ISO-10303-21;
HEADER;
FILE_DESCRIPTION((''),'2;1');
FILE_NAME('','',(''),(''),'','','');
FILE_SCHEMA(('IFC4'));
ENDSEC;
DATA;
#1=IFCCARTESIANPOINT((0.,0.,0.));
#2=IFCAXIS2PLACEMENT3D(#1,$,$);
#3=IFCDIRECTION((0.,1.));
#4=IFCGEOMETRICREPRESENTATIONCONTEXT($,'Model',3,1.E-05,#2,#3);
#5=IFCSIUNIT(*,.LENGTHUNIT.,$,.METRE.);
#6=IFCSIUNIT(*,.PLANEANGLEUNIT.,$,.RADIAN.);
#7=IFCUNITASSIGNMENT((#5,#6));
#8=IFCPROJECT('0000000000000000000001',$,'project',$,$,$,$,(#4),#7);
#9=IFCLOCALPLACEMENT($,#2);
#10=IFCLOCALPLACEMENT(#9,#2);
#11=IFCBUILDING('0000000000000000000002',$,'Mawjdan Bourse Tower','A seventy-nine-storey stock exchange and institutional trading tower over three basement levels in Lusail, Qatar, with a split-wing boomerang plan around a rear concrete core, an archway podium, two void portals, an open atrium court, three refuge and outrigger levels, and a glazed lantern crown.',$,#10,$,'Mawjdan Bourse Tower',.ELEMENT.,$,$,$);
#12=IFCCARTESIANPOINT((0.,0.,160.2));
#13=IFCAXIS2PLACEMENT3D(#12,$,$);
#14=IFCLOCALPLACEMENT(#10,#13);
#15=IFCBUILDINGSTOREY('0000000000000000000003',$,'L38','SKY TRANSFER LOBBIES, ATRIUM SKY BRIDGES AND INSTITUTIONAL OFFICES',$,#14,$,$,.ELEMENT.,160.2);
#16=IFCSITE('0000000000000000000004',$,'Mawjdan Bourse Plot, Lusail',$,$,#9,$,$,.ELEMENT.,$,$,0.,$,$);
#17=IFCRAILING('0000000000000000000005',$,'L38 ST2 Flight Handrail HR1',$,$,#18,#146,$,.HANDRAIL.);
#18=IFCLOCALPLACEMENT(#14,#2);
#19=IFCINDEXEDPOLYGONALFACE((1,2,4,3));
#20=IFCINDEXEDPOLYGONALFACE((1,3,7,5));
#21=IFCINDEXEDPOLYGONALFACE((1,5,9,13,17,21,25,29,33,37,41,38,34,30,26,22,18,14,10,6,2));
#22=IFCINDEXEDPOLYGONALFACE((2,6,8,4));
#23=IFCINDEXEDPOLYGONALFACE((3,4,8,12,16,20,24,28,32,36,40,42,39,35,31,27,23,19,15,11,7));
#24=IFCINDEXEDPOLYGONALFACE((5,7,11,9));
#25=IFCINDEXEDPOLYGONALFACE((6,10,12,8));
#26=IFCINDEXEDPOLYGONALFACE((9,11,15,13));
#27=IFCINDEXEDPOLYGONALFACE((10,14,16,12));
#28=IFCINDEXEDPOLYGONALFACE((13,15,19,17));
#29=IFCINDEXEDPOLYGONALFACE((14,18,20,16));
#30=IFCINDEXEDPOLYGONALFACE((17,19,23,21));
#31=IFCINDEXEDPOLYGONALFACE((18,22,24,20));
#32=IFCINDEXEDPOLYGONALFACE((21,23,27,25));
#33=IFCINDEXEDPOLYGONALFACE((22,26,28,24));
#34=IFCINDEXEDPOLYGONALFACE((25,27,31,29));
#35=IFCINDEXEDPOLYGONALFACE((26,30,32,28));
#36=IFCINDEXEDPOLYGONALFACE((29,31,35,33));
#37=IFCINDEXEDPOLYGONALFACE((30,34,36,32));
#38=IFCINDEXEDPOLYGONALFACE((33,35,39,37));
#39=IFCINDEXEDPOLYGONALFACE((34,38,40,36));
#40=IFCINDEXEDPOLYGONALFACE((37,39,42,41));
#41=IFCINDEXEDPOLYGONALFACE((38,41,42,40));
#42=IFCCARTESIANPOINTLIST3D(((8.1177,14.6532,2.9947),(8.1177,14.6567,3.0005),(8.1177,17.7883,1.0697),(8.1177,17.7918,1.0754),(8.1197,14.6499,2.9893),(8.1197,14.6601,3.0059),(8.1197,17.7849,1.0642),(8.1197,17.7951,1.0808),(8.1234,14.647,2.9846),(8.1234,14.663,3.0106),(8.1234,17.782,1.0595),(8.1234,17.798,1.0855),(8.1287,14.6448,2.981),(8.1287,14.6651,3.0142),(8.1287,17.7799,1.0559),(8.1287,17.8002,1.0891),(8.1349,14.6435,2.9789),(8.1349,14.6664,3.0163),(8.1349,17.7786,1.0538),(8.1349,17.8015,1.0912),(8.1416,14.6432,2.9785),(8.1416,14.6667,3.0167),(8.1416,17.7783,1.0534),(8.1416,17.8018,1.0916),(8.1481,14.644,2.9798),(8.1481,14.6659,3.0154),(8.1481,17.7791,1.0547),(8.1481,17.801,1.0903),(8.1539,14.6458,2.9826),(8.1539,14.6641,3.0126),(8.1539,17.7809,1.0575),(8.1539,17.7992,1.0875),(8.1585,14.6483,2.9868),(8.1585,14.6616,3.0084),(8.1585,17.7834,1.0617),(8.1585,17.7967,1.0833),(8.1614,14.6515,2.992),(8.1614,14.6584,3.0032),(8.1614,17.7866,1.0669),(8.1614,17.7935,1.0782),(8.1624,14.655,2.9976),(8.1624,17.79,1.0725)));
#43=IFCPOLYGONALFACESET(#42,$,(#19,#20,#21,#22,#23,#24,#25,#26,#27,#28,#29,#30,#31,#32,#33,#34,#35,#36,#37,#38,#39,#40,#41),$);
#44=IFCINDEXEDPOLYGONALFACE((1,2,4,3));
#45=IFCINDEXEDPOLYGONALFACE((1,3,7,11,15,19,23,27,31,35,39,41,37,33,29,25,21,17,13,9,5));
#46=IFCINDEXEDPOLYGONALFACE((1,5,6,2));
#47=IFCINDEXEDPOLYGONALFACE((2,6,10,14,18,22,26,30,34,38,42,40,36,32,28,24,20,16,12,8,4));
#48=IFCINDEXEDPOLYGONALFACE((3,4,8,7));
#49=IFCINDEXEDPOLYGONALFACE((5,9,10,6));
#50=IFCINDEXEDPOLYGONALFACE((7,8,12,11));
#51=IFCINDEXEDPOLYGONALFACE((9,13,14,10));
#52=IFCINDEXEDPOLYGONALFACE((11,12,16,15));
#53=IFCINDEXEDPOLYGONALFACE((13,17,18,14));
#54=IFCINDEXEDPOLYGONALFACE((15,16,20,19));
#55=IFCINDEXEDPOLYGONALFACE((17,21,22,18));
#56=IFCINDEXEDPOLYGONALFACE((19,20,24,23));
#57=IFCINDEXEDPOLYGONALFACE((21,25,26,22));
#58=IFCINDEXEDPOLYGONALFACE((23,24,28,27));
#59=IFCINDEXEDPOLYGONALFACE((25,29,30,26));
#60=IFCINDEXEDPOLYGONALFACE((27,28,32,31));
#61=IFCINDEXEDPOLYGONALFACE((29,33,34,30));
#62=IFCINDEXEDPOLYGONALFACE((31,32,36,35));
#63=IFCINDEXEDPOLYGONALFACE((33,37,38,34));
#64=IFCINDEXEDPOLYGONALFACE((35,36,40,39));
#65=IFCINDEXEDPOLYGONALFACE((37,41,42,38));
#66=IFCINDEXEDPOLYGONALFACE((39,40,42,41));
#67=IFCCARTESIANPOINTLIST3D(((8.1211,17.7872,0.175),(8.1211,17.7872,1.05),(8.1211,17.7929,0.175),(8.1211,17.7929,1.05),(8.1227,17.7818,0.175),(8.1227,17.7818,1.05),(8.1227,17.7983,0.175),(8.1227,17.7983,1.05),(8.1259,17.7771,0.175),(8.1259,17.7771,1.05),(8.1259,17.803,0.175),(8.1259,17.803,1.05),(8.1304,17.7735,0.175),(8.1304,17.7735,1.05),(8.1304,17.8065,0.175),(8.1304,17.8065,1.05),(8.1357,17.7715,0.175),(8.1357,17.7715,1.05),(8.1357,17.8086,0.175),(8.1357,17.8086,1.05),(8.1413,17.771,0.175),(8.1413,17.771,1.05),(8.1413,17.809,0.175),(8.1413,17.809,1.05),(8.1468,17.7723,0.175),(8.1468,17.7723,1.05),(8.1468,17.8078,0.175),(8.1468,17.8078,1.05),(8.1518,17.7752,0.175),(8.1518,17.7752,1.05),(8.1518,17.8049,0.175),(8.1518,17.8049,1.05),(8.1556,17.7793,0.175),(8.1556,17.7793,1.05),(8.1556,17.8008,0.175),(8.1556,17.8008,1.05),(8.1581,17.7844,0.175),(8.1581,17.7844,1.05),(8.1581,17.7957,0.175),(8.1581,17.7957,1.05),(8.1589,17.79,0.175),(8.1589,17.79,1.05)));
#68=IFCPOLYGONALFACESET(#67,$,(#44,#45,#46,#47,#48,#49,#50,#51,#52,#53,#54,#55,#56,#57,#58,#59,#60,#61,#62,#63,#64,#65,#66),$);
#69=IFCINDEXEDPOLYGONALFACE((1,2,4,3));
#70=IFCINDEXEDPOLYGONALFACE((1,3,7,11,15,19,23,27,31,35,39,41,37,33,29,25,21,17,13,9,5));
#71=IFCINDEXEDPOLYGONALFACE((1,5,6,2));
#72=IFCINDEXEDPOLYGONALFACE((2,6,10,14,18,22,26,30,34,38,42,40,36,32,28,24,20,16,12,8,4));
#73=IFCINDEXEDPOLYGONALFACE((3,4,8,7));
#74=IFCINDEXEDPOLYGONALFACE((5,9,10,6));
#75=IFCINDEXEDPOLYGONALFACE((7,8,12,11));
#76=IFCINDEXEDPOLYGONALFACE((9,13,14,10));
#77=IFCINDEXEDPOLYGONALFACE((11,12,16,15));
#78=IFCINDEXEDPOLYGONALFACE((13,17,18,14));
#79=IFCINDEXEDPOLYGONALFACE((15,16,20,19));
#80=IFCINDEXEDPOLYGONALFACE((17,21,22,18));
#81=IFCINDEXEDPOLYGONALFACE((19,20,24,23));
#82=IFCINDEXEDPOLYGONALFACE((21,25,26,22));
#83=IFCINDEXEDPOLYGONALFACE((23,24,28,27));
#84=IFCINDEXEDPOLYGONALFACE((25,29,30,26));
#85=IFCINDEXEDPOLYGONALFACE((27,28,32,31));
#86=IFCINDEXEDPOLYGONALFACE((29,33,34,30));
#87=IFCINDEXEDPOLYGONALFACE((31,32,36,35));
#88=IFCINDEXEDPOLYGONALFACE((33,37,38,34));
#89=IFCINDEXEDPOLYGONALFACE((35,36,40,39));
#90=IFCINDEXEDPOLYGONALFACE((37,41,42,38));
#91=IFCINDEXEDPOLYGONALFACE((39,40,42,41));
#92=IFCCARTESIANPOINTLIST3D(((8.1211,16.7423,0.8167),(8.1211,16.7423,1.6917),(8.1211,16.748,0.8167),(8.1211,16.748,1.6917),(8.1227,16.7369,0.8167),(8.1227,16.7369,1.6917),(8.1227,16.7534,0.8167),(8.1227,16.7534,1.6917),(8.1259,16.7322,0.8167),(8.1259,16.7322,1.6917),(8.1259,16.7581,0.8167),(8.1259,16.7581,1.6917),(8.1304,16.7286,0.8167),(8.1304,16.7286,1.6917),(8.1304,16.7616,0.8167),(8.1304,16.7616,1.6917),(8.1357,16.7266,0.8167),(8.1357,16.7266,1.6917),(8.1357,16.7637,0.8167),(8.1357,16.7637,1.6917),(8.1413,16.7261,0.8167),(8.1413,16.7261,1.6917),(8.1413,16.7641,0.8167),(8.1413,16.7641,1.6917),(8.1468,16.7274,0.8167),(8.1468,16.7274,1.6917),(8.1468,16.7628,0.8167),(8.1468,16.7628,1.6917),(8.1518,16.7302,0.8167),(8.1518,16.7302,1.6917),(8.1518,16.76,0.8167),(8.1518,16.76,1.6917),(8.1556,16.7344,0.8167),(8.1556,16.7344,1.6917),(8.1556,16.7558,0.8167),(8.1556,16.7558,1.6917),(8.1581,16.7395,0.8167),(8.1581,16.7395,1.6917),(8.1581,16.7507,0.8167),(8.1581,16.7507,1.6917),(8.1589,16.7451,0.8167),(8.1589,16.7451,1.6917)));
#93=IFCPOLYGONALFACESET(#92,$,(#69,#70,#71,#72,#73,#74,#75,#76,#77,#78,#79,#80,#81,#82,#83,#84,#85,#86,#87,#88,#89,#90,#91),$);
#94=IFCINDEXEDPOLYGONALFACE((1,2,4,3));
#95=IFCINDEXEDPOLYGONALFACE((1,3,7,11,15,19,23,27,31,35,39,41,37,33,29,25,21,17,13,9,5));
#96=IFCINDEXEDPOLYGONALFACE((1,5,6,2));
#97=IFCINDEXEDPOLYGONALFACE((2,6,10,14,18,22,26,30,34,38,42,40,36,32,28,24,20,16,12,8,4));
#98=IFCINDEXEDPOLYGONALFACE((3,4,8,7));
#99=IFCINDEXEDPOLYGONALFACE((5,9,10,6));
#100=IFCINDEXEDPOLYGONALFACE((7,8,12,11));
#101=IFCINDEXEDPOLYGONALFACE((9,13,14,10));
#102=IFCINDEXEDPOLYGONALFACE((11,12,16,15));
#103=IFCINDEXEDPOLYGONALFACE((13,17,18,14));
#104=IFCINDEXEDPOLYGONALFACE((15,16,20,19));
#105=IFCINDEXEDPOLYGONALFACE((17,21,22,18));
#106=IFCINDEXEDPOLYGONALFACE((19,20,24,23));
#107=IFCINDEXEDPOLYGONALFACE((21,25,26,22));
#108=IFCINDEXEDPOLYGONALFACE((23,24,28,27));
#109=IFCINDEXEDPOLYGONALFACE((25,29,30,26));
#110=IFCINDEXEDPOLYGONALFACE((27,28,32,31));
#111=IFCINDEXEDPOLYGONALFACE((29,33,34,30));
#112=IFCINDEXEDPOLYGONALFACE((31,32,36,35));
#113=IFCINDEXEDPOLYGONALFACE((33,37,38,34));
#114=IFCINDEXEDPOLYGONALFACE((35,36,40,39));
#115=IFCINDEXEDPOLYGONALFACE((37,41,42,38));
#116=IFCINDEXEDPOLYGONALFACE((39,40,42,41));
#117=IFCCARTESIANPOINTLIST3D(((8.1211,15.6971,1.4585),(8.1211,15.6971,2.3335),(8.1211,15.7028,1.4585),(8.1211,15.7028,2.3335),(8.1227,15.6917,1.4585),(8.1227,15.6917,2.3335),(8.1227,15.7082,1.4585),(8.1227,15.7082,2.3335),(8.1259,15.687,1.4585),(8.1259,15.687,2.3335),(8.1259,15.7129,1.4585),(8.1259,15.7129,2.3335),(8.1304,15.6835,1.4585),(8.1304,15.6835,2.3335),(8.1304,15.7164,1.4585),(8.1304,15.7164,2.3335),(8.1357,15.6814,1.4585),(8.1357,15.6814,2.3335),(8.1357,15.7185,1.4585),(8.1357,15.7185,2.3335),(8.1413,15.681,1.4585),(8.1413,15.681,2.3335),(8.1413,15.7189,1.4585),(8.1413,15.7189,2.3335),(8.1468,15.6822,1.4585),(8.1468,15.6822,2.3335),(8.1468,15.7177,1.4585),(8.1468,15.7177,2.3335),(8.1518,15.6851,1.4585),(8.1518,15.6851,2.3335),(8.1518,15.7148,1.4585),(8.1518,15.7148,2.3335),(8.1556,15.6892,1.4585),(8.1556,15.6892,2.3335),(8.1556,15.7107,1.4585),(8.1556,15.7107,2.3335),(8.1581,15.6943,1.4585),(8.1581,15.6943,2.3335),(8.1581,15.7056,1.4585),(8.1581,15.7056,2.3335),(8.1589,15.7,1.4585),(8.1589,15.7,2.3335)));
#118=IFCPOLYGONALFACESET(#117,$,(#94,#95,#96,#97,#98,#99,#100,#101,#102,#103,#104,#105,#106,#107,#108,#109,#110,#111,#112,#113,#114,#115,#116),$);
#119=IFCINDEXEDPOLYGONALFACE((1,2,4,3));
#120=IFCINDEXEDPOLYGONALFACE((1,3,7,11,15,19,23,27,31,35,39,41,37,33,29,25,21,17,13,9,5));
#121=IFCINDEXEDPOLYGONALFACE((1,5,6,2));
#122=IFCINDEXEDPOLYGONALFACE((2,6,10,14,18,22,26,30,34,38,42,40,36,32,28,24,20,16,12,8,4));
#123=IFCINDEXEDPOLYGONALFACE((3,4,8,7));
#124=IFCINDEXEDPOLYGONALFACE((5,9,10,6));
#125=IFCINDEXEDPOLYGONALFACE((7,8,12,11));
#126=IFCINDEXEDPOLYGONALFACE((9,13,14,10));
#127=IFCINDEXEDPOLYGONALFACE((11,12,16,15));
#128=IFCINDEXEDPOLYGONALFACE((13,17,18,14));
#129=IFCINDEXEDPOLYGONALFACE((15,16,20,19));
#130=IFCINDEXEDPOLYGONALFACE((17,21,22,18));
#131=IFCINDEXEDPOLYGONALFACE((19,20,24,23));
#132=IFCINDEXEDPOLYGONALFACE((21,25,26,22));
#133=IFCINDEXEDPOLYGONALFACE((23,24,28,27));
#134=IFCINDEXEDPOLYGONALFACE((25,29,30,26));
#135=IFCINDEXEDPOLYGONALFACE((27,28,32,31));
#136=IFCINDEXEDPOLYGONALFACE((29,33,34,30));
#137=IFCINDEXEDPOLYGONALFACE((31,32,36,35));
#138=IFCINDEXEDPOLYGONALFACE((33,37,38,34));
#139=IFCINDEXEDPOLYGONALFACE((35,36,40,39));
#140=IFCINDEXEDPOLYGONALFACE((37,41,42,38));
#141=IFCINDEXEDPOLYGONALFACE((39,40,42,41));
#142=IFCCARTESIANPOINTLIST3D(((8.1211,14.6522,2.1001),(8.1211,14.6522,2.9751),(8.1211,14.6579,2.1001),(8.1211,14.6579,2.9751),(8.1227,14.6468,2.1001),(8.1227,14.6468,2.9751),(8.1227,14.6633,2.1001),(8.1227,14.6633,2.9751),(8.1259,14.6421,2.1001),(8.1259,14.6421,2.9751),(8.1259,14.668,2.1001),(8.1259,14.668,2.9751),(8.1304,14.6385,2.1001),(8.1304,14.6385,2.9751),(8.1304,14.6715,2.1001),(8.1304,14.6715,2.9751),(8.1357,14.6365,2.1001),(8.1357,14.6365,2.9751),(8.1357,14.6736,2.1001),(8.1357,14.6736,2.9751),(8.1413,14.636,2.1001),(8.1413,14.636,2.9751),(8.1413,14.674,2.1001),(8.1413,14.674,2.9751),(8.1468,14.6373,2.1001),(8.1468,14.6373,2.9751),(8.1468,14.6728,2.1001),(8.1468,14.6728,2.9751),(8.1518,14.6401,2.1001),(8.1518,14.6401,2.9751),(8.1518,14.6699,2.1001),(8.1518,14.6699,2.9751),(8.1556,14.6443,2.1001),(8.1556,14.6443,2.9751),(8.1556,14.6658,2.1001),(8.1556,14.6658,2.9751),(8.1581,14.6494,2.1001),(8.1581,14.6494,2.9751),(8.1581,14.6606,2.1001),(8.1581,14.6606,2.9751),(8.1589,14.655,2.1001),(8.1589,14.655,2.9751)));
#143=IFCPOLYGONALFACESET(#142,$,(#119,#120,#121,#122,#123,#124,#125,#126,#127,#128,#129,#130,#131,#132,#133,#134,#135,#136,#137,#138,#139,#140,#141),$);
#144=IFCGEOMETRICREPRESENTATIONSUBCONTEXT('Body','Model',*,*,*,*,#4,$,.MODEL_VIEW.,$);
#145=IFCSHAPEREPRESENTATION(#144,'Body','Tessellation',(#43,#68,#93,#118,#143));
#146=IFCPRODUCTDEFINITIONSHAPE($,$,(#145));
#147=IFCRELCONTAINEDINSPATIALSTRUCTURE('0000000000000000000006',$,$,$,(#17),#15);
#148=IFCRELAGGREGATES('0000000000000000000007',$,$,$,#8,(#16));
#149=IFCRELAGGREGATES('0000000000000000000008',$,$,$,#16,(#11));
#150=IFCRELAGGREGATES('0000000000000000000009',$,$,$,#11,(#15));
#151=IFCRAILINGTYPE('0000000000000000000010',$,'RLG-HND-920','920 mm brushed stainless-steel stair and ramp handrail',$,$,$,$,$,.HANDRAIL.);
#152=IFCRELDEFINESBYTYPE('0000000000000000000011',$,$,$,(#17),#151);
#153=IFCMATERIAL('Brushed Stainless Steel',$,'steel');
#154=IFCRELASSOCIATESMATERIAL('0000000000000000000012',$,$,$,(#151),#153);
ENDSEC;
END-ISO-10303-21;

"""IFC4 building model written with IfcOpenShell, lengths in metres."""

from ifc_helpers import new_model, si_unit, direction, frame, origin, origin_2d, place, context, subcontext, project, spatial, circle, extrude, material, type_object, element, save


model = new_model("IFC4")

# Units and contexts
model_context = context("Model", 3, precision=1e-05, world=origin(), true_north=direction((0.0, 1.0)))
body_context = subcontext(model_context, "Body", "Model", "MODEL_VIEW")
ifc_project = project(units=[si_unit("LENGTHUNIT", "METRE"), si_unit("PLANEANGLEUNIT", "RADIAN")], contexts=[model_context])

# Site, building, storey
site_placement = place(None, origin())
site = spatial("IfcSite", under=ifc_project, at=site_placement, Name="Mawjdan Bourse Plot, Lusail", CompositionType="ELEMENT", RefElevation=0.0)
building_placement = place(site_placement, origin())
building = spatial("IfcBuilding", under=site, at=building_placement, Name="Mawjdan Bourse Tower", Description="A seventy-nine-storey stock exchange and institutional trading tower over three basement levels in Lusail, Qatar, with a split-wing boomerang plan around a rear concrete core, an archway podium, two void portals, an open atrium court, three refuge and outrigger levels, and a glazed lantern crown.", LongName="Mawjdan Bourse Tower", CompositionType="ELEMENT")
storey_placement = place(building_placement, frame((0.0, 0.0, 160.2)))
storey = spatial("IfcBuildingStorey", under=building, at=storey_placement, Name="L38", Description="SKY TRANSFER LOBBIES, ATRIUM SKY BRIDGES AND INSTITUTIONAL OFFICES", CompositionType="ELEMENT", Elevation=160.2)

# Railing
ifc_material_1 = material(Name="Brushed Stainless Steel", Category="steel")
railing_type_1 = type_object("IfcRailingType", Name="RLG-HND-920", Description="920 mm brushed stainless-steel stair and ramp handrail", PredefinedType="HANDRAIL", material=ifc_material_1)
railing_1_placement = place(storey_placement, frame((8.1399, 17.79, 0.175)))
element("IfcRailing", 1, at=railing_1_placement, inside=storey, type_object=railing_type_1, Name="L38 ST2 Flight Handrail HR1", PredefinedType="HANDRAIL", context=body_context, shape_type="SweptSolid", body=[
    extrude(circle(Radius=0.0225, at=origin_2d()), frame((0.0, 0.0, 0.8975), z_axis=(0.0, -0.852166, 0.523271), x_axis=(1.0, 0.0, 0.0)), (0.0, 0.0, 1.0), 3.679),
    extrude(circle(Radius=0.019, at=origin_2d()), origin(), (0.0, 0.0, 1.0), 0.875),
    extrude(circle(Radius=0.019, at=origin_2d()), frame((0.0, -1.0449, 0.6416)), (0.0, 0.0, 1.0), 0.875),
    extrude(circle(Radius=0.019, at=origin_2d()), frame((0.0, -2.0901, 1.2834)), (0.0, 0.0, 1.0), 0.875),
    extrude(circle(Radius=0.019, at=origin_2d()), frame((0.0, -3.135, 1.925)), (0.0, 0.0, 1.0), 0.875),
])

save(model, "model.ifc")
